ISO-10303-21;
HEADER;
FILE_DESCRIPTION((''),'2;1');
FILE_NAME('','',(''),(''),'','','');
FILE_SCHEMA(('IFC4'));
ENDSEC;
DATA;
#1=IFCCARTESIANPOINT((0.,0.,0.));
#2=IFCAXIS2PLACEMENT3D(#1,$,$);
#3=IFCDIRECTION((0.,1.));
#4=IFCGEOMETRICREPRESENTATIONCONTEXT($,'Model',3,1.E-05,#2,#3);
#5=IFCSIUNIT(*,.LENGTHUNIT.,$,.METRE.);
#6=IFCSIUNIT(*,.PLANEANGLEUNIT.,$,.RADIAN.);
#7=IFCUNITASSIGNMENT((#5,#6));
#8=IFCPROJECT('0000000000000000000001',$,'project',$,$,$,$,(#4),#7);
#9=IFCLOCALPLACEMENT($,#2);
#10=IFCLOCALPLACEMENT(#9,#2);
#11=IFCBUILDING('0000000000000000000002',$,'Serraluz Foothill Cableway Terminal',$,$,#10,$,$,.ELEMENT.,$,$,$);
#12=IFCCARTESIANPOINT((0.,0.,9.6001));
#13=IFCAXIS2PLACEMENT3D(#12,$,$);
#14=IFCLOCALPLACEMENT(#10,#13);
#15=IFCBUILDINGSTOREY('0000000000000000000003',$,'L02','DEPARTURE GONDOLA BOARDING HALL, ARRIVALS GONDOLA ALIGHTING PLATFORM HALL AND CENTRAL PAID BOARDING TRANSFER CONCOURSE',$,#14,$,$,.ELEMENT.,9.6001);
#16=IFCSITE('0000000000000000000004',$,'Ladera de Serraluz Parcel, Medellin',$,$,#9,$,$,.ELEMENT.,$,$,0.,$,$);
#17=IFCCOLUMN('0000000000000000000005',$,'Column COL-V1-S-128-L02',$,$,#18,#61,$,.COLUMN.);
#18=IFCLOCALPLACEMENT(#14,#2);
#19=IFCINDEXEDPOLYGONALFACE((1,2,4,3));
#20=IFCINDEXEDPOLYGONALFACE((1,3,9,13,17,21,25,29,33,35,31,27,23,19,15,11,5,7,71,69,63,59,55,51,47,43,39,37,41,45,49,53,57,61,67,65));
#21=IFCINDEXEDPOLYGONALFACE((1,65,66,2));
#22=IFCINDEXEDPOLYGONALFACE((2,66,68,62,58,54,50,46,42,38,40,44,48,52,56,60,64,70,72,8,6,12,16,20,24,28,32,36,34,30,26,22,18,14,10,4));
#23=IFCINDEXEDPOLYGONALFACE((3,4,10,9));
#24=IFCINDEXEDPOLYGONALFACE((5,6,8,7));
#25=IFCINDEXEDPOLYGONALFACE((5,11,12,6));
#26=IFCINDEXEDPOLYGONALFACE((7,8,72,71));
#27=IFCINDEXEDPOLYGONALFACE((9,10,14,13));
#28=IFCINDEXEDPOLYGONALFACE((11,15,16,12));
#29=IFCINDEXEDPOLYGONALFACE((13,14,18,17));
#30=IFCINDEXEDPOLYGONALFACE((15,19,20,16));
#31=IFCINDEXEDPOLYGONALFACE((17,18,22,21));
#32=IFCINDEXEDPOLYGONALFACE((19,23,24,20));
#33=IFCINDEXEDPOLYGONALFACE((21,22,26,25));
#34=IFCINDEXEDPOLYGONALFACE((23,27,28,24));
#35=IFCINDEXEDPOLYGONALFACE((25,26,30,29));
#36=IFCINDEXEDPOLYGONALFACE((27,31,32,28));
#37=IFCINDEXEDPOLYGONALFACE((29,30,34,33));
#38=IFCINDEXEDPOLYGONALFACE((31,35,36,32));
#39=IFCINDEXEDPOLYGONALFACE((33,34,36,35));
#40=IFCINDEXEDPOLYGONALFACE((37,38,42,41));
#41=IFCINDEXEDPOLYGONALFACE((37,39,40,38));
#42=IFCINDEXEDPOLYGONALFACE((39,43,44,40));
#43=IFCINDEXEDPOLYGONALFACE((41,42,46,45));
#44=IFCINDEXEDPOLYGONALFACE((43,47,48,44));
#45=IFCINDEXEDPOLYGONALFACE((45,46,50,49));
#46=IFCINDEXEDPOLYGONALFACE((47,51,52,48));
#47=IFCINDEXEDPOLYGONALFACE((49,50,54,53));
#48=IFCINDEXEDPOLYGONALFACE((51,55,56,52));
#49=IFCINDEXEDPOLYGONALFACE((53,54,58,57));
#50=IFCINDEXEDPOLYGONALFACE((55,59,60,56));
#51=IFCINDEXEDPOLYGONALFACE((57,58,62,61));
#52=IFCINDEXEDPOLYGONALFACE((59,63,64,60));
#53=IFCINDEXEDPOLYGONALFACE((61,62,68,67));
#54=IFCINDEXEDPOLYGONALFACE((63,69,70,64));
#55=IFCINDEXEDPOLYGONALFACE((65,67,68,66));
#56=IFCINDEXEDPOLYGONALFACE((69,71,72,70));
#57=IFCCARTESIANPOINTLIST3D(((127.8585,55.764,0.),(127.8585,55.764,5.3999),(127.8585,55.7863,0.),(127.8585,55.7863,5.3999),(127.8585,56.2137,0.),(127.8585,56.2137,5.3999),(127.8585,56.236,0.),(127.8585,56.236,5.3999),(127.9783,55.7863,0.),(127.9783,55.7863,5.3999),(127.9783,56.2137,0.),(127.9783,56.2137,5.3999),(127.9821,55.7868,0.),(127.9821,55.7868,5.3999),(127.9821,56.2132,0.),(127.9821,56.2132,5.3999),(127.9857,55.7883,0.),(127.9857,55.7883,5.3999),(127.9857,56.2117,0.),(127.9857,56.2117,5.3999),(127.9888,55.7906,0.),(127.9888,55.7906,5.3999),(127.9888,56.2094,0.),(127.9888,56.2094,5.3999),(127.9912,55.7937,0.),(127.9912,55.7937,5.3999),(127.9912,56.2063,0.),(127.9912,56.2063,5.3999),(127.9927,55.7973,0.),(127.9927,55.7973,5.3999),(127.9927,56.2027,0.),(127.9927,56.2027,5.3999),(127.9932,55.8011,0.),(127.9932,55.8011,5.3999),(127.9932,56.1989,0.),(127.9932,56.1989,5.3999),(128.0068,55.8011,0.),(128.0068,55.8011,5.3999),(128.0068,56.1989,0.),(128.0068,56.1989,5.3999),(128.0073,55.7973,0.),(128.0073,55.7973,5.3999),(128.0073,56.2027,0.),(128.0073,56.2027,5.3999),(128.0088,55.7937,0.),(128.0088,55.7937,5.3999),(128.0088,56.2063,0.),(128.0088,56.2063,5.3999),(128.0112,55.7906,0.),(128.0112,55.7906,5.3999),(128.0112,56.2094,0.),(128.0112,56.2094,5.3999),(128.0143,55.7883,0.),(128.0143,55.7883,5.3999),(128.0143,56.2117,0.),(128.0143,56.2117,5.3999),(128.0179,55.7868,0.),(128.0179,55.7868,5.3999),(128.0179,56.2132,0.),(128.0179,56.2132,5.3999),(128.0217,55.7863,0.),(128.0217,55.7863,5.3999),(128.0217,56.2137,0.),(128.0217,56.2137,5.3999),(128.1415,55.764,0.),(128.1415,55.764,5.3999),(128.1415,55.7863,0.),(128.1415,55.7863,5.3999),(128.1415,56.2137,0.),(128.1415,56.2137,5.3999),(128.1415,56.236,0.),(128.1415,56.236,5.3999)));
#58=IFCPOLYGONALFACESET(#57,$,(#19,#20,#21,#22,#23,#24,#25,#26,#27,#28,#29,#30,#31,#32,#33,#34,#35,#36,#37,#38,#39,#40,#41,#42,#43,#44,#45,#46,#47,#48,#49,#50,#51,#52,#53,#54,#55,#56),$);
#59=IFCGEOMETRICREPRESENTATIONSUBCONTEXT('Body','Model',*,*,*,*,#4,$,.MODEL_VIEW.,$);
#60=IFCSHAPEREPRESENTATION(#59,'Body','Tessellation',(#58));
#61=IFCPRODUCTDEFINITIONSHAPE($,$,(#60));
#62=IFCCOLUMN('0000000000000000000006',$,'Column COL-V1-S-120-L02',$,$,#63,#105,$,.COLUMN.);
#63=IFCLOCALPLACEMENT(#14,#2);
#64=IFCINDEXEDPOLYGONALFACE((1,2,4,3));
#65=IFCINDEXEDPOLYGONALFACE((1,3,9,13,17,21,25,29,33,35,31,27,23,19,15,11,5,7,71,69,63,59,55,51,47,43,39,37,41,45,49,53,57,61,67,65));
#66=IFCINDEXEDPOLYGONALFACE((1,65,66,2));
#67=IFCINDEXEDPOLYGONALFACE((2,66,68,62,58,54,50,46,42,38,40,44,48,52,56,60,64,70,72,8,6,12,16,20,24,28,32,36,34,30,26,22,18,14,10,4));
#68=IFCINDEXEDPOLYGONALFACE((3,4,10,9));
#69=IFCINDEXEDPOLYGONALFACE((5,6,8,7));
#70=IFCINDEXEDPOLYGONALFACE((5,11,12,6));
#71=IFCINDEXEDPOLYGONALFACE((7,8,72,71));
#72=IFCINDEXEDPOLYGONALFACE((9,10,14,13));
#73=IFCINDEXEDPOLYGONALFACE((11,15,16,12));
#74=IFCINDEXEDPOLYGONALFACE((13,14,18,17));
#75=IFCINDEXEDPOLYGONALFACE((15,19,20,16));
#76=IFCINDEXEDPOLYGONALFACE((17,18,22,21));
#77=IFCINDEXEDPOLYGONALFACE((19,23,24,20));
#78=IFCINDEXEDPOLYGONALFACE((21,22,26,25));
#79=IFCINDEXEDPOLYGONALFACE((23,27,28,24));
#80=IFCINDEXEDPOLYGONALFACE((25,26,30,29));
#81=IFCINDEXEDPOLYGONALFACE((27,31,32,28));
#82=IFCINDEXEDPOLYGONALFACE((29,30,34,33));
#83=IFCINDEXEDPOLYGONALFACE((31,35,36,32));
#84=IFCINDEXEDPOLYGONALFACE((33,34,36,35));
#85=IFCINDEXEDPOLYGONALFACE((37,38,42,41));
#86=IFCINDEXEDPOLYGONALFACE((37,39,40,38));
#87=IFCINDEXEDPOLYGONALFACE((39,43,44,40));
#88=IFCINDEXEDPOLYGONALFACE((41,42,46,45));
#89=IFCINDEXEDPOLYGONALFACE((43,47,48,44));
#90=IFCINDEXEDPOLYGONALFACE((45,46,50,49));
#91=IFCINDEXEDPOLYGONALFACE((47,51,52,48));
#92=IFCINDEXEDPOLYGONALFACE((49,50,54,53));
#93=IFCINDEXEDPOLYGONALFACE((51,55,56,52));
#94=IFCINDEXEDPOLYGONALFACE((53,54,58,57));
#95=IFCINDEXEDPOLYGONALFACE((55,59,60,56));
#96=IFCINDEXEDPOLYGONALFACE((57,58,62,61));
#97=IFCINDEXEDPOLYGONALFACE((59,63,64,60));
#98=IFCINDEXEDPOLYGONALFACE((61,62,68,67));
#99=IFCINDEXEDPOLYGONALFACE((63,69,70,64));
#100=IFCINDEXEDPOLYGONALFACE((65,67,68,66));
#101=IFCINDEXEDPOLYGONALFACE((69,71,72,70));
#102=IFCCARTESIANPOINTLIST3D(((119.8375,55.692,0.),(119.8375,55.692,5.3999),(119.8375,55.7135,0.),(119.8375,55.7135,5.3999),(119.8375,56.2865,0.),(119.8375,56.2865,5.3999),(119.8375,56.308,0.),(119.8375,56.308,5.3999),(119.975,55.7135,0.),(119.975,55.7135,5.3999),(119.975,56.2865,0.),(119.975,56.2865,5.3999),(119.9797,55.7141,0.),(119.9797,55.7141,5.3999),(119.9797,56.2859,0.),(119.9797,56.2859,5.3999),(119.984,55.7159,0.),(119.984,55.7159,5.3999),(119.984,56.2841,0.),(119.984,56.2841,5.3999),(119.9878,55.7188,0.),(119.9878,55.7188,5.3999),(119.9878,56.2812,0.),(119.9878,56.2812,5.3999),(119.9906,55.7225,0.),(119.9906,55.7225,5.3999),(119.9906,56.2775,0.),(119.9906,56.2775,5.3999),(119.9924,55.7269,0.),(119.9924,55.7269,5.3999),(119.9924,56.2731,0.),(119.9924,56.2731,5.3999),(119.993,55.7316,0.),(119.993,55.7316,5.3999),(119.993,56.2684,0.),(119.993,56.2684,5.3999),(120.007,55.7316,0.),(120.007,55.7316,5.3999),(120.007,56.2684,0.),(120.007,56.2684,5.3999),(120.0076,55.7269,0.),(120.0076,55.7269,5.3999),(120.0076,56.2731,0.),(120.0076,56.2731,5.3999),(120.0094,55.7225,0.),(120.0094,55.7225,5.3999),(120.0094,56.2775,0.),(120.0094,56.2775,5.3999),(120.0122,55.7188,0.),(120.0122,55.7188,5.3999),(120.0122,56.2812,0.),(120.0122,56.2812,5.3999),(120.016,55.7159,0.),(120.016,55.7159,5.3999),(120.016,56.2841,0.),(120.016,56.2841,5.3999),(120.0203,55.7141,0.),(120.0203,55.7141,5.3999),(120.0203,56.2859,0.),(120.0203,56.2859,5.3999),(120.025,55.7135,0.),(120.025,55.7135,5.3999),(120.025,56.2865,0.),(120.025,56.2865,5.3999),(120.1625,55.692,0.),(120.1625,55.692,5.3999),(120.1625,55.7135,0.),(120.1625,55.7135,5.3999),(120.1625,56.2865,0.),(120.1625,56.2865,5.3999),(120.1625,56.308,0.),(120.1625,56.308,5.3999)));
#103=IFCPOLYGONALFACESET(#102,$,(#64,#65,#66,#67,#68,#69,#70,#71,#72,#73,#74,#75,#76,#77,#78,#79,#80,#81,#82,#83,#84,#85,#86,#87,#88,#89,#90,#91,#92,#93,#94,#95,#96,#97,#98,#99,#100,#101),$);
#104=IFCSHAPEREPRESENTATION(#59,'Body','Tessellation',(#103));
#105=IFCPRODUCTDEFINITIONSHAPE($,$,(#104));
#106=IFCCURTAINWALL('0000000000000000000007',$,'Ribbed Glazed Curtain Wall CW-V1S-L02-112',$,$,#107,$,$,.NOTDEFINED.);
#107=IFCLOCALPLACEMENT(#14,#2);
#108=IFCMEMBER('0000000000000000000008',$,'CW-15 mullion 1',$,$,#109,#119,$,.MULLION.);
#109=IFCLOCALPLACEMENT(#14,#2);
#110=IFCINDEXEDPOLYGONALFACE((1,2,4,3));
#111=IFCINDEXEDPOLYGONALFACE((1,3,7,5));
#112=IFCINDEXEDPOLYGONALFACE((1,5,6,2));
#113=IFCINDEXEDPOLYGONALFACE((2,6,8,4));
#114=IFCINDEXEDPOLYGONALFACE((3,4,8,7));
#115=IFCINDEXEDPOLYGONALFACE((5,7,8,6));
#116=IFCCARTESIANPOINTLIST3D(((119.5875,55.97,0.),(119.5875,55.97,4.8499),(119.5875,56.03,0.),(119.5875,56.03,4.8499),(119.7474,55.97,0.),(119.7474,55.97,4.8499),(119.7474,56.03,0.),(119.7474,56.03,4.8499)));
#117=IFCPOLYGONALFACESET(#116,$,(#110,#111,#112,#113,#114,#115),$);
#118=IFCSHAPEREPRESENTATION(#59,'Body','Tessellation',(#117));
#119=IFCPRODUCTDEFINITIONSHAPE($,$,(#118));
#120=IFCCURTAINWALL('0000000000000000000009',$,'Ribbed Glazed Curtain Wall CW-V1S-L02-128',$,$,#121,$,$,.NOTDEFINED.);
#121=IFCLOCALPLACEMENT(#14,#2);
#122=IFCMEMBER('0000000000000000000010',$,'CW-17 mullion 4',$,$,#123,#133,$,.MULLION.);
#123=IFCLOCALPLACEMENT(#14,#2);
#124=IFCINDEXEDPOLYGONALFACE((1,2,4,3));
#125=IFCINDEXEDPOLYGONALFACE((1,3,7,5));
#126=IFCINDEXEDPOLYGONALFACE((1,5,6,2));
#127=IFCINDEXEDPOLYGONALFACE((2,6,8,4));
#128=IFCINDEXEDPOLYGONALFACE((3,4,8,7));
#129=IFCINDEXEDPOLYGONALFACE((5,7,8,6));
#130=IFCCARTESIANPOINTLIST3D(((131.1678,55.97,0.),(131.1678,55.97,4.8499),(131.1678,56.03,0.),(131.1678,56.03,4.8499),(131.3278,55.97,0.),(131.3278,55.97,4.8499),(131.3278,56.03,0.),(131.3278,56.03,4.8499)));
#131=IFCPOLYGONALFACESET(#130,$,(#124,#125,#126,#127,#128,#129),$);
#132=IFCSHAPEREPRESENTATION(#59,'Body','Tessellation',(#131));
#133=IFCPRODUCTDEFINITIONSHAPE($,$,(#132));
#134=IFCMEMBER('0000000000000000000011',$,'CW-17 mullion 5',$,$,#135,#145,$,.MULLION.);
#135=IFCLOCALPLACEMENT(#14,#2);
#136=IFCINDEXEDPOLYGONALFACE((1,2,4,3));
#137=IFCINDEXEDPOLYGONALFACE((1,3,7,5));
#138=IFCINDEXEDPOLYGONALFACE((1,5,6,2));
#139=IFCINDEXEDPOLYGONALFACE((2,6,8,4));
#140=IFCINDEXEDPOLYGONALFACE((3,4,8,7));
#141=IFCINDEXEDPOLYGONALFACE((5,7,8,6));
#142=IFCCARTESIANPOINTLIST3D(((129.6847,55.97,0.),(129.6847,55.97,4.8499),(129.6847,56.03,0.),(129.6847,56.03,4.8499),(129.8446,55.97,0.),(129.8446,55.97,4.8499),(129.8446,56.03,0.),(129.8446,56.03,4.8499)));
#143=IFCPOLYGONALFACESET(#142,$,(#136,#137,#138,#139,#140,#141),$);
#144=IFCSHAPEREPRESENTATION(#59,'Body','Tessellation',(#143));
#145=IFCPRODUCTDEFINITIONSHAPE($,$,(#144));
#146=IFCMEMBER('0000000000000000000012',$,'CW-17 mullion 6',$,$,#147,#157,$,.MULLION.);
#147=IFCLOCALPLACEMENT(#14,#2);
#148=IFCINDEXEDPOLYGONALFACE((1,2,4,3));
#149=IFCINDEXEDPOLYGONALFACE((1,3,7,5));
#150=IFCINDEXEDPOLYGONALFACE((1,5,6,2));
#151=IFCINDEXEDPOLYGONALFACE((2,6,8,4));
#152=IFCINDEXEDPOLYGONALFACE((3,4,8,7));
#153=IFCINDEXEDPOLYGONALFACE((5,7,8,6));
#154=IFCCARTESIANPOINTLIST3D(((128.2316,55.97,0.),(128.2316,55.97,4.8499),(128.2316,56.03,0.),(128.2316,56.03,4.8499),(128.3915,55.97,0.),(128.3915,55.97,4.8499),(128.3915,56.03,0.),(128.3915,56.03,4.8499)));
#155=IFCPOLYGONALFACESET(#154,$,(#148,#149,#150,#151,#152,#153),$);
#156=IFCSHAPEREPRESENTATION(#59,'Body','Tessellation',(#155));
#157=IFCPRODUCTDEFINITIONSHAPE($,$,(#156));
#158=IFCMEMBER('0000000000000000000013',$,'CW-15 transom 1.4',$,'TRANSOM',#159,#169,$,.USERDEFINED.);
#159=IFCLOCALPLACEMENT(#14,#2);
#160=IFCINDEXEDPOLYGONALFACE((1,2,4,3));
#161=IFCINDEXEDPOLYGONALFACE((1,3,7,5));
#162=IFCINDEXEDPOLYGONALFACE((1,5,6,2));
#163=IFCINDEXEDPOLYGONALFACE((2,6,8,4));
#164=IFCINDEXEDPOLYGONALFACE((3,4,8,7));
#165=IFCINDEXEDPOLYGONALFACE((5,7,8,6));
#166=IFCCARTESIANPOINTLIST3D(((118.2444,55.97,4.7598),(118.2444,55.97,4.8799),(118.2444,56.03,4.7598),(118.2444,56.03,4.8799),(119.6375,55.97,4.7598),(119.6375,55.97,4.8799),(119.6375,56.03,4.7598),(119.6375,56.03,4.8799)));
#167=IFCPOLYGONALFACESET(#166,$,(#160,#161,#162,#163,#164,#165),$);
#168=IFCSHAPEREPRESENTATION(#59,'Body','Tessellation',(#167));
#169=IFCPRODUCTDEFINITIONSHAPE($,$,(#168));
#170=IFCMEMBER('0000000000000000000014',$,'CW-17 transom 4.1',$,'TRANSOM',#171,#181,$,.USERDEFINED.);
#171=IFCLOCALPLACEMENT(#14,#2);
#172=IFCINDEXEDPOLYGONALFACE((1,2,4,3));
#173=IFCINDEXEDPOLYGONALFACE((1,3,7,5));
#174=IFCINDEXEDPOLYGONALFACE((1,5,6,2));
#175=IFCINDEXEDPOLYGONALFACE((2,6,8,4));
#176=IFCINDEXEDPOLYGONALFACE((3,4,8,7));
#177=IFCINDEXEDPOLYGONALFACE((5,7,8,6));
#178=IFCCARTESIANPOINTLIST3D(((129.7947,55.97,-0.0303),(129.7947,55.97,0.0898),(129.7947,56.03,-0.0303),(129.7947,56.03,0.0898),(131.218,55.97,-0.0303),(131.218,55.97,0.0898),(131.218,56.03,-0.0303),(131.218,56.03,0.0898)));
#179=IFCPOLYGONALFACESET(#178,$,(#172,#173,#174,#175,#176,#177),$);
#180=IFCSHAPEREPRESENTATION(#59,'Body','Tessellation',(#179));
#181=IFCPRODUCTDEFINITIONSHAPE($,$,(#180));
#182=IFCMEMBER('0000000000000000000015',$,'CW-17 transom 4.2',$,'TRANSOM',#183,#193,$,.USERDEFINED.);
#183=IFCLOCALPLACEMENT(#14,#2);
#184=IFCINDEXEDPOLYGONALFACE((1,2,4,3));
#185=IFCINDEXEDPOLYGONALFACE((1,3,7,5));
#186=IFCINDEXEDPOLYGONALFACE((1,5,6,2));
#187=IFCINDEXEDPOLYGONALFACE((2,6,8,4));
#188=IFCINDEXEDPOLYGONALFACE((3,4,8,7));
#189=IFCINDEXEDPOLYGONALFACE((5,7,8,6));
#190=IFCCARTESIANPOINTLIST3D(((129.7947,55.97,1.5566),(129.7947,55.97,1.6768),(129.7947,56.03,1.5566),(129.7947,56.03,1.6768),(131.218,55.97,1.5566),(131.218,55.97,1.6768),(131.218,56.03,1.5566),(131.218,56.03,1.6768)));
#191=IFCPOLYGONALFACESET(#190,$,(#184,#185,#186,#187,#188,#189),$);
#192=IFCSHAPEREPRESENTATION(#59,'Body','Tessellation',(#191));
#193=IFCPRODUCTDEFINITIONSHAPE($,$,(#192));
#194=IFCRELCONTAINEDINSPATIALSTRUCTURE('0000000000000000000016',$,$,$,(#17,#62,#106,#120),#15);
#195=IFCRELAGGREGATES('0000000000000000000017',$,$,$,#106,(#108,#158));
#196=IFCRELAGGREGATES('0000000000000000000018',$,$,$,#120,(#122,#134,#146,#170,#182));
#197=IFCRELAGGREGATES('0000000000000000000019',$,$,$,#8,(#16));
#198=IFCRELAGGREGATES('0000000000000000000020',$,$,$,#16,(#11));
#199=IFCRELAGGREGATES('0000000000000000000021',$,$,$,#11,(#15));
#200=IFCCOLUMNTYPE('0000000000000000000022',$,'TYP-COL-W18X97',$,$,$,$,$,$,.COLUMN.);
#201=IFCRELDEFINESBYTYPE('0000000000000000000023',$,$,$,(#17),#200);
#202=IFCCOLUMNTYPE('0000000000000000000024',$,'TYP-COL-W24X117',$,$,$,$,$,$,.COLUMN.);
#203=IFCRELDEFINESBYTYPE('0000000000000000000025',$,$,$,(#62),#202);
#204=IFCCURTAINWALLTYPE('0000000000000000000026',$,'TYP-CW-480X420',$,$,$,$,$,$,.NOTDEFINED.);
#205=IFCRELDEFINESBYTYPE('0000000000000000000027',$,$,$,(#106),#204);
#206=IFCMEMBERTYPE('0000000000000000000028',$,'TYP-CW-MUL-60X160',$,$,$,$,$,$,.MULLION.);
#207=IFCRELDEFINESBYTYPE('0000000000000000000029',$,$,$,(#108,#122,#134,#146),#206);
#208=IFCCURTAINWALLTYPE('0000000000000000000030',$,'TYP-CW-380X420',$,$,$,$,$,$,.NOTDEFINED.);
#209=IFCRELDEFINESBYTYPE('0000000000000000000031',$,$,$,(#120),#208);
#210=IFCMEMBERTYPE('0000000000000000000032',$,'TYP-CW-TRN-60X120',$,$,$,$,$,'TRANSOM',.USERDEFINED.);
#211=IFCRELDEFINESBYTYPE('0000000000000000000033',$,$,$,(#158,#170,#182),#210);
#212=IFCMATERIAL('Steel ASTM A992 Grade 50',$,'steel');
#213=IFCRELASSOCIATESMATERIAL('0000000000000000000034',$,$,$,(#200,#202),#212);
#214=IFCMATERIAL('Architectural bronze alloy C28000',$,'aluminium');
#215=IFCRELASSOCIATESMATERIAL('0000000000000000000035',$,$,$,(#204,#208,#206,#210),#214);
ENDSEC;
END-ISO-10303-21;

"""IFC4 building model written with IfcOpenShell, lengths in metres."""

from ifc_helpers import new_model, si_unit, direction, frame, origin, origin_2d, place, context, subcontext, project, spatial, rectangle, i_section, extrude, material, material_profile, profile_set, type_object, element, aggregate, save


model = new_model("IFC4")

# Units and contexts
model_context = context("Model", 3, precision=1e-05, world=origin(), true_north=direction((0.0, 1.0)))
body_context = subcontext(model_context, "Body", "Model", "MODEL_VIEW")
ifc_project = project(units=[si_unit("LENGTHUNIT", "METRE"), si_unit("PLANEANGLEUNIT", "RADIAN")], contexts=[model_context])

# Site, building, storey
site_placement = place(None, origin())
site = spatial("IfcSite", under=ifc_project, at=site_placement, Name="Ladera de Serraluz Parcel, Medellin", CompositionType="ELEMENT", RefElevation=0.0)
building_placement = place(site_placement, origin())
building = spatial("IfcBuilding", under=site, at=building_placement, Name="Serraluz Foothill Cableway Terminal", CompositionType="ELEMENT")
storey_placement = place(building_placement, frame((0.0, 0.0, 9.6001)))
storey = spatial("IfcBuildingStorey", under=building, at=storey_placement, Name="L02", Description="DEPARTURE GONDOLA BOARDING HALL, ARRIVALS GONDOLA ALIGHTING PLATFORM HALL AND CENTRAL PAID BOARDING TRANSFER CONCOURSE", CompositionType="ELEMENT", Elevation=9.6001)

# Columns
ifc_material_1 = material(Name="Steel ASTM A992 Grade 50", Category="steel")
ifc_material_profile_1 = material_profile(ifc_material_1, i_section(OverallWidth=0.283, OverallDepth=0.4719, WebThickness=0.0137, FlangeThickness=0.0222, FilletRadius=0.0149, at=origin_2d()), Name="W18X97")
ifc_profile_set_1 = profile_set([ifc_material_profile_1], Name="Steel ASTM A992 Grade 50")
column_type_1 = type_object("IfcColumnType", Name="TYP-COL-W18X97", PredefinedType="COLUMN", material=ifc_profile_set_1)
column_1_placement = place(storey_placement, frame((128.0, 56.0, 0.0), z_axis=(0.0, 0.0, 1.0), x_axis=(1.0, 0.0, 0.0)))
element("IfcColumn", 1, at=column_1_placement, inside=storey, type_object=column_type_1, Name="Column COL-V1-S-128-L02", PredefinedType="COLUMN", context=body_context, shape_type="SweptSolid", body=[
    extrude(i_section(OverallWidth=0.283, OverallDepth=0.4719, WebThickness=0.0137, FlangeThickness=0.0222, FilletRadius=0.0149, at=origin_2d()), origin(), (0.0, 0.0, 1.0), 5.3999),
])
ifc_material_profile_2 = material_profile(ifc_material_1, i_section(OverallWidth=0.325, OverallDepth=0.616, WebThickness=0.0139, FlangeThickness=0.0215, FilletRadius=0.0181, at=origin_2d()), Name="W24X117")
ifc_profile_set_2 = profile_set([ifc_material_profile_2], Name="Steel ASTM A992 Grade 50")
column_type_2 = type_object("IfcColumnType", Name="TYP-COL-W24X117", PredefinedType="COLUMN", material=ifc_profile_set_2)
column_2_placement = place(storey_placement, frame((120.0, 56.0, 0.0), z_axis=(0.0, 0.0, 1.0), x_axis=(1.0, 0.0, 0.0)))
element("IfcColumn", 2, at=column_2_placement, inside=storey, type_object=column_type_2, Name="Column COL-V1-S-120-L02", PredefinedType="COLUMN", context=body_context, shape_type="SweptSolid", body=[
    extrude(i_section(OverallWidth=0.325, OverallDepth=0.616, WebThickness=0.0139, FlangeThickness=0.0215, FilletRadius=0.0181, at=origin_2d()), origin(), (0.0, 0.0, 1.0), 5.3999),
])

# Curtain wall, member
ifc_material_2 = material(Name="Architectural bronze alloy C28000", Category="aluminium")
curtain_wall_type_1 = type_object("IfcCurtainWallType", Name="TYP-CW-480X420", PredefinedType="NOTDEFINED", material=ifc_material_2)
curtain_wall_1_placement = place(storey_placement, origin())
curtain_wall_1 = element("IfcCurtainWall", 3, at=curtain_wall_1_placement, inside=storey, type_object=curtain_wall_type_1, Name="Ribbed Glazed Curtain Wall CW-V1S-L02-112", PredefinedType="NOTDEFINED")
ifc_material_profile_3 = material_profile(ifc_material_2, rectangle(XDim=0.0601, YDim=0.1599, at=origin_2d()), Name="ALU MULLION 60x160")
ifc_profile_set_3 = profile_set([ifc_material_profile_3], Name="Architectural bronze alloy C28000")
member_type_1 = type_object("IfcMemberType", Name="TYP-CW-MUL-60X160", PredefinedType="MULLION", material=ifc_profile_set_3)
member_1_placement = place(storey_placement, frame((119.6675, 56.0, 0.0), z_axis=(0.0, 0.0, 1.0), x_axis=(0.0, -1.0, 0.0)))
member_1 = element("IfcMember", 4, at=member_1_placement, type_object=member_type_1, Name="CW-15 mullion 1", PredefinedType="MULLION", context=body_context, shape_type="SweptSolid", body=[
    extrude(rectangle(XDim=0.0601, YDim=0.1599, at=origin_2d()), origin(), (0.0, 0.0, 1.0), 4.8499),
])

# Curtain wall, members
curtain_wall_type_2 = type_object("IfcCurtainWallType", Name="TYP-CW-380X420", PredefinedType="NOTDEFINED", material=ifc_material_2)
curtain_wall_2_placement = place(storey_placement, origin())
curtain_wall_2 = element("IfcCurtainWall", 5, at=curtain_wall_2_placement, inside=storey, type_object=curtain_wall_type_2, Name="Ribbed Glazed Curtain Wall CW-V1S-L02-128", PredefinedType="NOTDEFINED")
member_2_placement = place(storey_placement, frame((131.2478, 56.0, 0.0), z_axis=(0.0, 0.0, 1.0), x_axis=(0.0, -1.0, 0.0)))
member_2 = element("IfcMember", 6, at=member_2_placement, type_object=member_type_1, Name="CW-17 mullion 4", PredefinedType="MULLION", context=body_context, shape_type="SweptSolid", body=[
    extrude(rectangle(XDim=0.0601, YDim=0.1599, at=origin_2d()), origin(), (0.0, 0.0, 1.0), 4.8499),
])
member_3_placement = place(storey_placement, frame((129.7646, 56.0, 0.0), z_axis=(0.0, 0.0, 1.0), x_axis=(0.0, -1.0, 0.0)))
member_3 = element("IfcMember", 7, at=member_3_placement, type_object=member_type_1, Name="CW-17 mullion 5", PredefinedType="MULLION", context=body_context, shape_type="SweptSolid", body=[
    extrude(rectangle(XDim=0.0601, YDim=0.1599, at=origin_2d()), origin(), (0.0, 0.0, 1.0), 4.8499),
])
member_4_placement = place(storey_placement, frame((128.3115, 56.0, 0.0), z_axis=(0.0, 0.0, 1.0), x_axis=(0.0, -1.0, 0.0)))
member_4 = element("IfcMember", 8, at=member_4_placement, type_object=member_type_1, Name="CW-17 mullion 6", PredefinedType="MULLION", context=body_context, shape_type="SweptSolid", body=[
    extrude(rectangle(XDim=0.0601, YDim=0.1599, at=origin_2d()), origin(), (0.0, 0.0, 1.0), 4.8499),
])

# Members
ifc_material_profile_4 = material_profile(ifc_material_2, rectangle(XDim=0.0601, YDim=0.1201, at=origin_2d()), Name="ALU TRANSOM 60x120")
ifc_profile_set_4 = profile_set([ifc_material_profile_4], Name="Architectural bronze alloy C28000")
member_type_2 = type_object("IfcMemberType", Name="TYP-CW-TRN-60X120", ElementType="TRANSOM", PredefinedType="USERDEFINED", material=ifc_profile_set_4)
member_5_placement = place(storey_placement, frame((119.6375, 56.0, 4.8198), z_axis=(-1.0, 0.0, 0.0), x_axis=(0.0, -1.0, 0.0)))
member_5 = element("IfcMember", 9, at=member_5_placement, type_object=member_type_2, Name="CW-15 transom 1.4", ObjectType="TRANSOM", PredefinedType="USERDEFINED", context=body_context, shape_type="SweptSolid", body=[
    extrude(rectangle(XDim=0.0601, YDim=0.1201, at=origin_2d()), origin(), (0.0, 0.0, 1.0), 1.3931),
])
aggregate(curtain_wall_1, [member_1, member_5])
member_6_placement = place(storey_placement, frame((131.218, 56.0, 0.0298), z_axis=(-1.0, 0.0, 0.0), x_axis=(0.0, -1.0, 0.0)))
member_6 = element("IfcMember", 10, at=member_6_placement, type_object=member_type_2, Name="CW-17 transom 4.1", ObjectType="TRANSOM", PredefinedType="USERDEFINED", context=body_context, shape_type="SweptSolid", body=[
    extrude(rectangle(XDim=0.0601, YDim=0.1201, at=origin_2d()), origin(), (0.0, 0.0, 1.0), 1.4233),
])
member_7_placement = place(storey_placement, frame((131.218, 56.0, 1.6167), z_axis=(-1.0, 0.0, 0.0), x_axis=(0.0, -1.0, 0.0)))
member_7 = element("IfcMember", 11, at=member_7_placement, type_object=member_type_2, Name="CW-17 transom 4.2", ObjectType="TRANSOM", PredefinedType="USERDEFINED", context=body_context, shape_type="SweptSolid", body=[
    extrude(rectangle(XDim=0.0601, YDim=0.1201, at=origin_2d()), origin(), (0.0, 0.0, 1.0), 1.4233),
])

aggregate(curtain_wall_2, [member_2, member_3, member_4, member_6, member_7])

save(model, "model.ifc")
